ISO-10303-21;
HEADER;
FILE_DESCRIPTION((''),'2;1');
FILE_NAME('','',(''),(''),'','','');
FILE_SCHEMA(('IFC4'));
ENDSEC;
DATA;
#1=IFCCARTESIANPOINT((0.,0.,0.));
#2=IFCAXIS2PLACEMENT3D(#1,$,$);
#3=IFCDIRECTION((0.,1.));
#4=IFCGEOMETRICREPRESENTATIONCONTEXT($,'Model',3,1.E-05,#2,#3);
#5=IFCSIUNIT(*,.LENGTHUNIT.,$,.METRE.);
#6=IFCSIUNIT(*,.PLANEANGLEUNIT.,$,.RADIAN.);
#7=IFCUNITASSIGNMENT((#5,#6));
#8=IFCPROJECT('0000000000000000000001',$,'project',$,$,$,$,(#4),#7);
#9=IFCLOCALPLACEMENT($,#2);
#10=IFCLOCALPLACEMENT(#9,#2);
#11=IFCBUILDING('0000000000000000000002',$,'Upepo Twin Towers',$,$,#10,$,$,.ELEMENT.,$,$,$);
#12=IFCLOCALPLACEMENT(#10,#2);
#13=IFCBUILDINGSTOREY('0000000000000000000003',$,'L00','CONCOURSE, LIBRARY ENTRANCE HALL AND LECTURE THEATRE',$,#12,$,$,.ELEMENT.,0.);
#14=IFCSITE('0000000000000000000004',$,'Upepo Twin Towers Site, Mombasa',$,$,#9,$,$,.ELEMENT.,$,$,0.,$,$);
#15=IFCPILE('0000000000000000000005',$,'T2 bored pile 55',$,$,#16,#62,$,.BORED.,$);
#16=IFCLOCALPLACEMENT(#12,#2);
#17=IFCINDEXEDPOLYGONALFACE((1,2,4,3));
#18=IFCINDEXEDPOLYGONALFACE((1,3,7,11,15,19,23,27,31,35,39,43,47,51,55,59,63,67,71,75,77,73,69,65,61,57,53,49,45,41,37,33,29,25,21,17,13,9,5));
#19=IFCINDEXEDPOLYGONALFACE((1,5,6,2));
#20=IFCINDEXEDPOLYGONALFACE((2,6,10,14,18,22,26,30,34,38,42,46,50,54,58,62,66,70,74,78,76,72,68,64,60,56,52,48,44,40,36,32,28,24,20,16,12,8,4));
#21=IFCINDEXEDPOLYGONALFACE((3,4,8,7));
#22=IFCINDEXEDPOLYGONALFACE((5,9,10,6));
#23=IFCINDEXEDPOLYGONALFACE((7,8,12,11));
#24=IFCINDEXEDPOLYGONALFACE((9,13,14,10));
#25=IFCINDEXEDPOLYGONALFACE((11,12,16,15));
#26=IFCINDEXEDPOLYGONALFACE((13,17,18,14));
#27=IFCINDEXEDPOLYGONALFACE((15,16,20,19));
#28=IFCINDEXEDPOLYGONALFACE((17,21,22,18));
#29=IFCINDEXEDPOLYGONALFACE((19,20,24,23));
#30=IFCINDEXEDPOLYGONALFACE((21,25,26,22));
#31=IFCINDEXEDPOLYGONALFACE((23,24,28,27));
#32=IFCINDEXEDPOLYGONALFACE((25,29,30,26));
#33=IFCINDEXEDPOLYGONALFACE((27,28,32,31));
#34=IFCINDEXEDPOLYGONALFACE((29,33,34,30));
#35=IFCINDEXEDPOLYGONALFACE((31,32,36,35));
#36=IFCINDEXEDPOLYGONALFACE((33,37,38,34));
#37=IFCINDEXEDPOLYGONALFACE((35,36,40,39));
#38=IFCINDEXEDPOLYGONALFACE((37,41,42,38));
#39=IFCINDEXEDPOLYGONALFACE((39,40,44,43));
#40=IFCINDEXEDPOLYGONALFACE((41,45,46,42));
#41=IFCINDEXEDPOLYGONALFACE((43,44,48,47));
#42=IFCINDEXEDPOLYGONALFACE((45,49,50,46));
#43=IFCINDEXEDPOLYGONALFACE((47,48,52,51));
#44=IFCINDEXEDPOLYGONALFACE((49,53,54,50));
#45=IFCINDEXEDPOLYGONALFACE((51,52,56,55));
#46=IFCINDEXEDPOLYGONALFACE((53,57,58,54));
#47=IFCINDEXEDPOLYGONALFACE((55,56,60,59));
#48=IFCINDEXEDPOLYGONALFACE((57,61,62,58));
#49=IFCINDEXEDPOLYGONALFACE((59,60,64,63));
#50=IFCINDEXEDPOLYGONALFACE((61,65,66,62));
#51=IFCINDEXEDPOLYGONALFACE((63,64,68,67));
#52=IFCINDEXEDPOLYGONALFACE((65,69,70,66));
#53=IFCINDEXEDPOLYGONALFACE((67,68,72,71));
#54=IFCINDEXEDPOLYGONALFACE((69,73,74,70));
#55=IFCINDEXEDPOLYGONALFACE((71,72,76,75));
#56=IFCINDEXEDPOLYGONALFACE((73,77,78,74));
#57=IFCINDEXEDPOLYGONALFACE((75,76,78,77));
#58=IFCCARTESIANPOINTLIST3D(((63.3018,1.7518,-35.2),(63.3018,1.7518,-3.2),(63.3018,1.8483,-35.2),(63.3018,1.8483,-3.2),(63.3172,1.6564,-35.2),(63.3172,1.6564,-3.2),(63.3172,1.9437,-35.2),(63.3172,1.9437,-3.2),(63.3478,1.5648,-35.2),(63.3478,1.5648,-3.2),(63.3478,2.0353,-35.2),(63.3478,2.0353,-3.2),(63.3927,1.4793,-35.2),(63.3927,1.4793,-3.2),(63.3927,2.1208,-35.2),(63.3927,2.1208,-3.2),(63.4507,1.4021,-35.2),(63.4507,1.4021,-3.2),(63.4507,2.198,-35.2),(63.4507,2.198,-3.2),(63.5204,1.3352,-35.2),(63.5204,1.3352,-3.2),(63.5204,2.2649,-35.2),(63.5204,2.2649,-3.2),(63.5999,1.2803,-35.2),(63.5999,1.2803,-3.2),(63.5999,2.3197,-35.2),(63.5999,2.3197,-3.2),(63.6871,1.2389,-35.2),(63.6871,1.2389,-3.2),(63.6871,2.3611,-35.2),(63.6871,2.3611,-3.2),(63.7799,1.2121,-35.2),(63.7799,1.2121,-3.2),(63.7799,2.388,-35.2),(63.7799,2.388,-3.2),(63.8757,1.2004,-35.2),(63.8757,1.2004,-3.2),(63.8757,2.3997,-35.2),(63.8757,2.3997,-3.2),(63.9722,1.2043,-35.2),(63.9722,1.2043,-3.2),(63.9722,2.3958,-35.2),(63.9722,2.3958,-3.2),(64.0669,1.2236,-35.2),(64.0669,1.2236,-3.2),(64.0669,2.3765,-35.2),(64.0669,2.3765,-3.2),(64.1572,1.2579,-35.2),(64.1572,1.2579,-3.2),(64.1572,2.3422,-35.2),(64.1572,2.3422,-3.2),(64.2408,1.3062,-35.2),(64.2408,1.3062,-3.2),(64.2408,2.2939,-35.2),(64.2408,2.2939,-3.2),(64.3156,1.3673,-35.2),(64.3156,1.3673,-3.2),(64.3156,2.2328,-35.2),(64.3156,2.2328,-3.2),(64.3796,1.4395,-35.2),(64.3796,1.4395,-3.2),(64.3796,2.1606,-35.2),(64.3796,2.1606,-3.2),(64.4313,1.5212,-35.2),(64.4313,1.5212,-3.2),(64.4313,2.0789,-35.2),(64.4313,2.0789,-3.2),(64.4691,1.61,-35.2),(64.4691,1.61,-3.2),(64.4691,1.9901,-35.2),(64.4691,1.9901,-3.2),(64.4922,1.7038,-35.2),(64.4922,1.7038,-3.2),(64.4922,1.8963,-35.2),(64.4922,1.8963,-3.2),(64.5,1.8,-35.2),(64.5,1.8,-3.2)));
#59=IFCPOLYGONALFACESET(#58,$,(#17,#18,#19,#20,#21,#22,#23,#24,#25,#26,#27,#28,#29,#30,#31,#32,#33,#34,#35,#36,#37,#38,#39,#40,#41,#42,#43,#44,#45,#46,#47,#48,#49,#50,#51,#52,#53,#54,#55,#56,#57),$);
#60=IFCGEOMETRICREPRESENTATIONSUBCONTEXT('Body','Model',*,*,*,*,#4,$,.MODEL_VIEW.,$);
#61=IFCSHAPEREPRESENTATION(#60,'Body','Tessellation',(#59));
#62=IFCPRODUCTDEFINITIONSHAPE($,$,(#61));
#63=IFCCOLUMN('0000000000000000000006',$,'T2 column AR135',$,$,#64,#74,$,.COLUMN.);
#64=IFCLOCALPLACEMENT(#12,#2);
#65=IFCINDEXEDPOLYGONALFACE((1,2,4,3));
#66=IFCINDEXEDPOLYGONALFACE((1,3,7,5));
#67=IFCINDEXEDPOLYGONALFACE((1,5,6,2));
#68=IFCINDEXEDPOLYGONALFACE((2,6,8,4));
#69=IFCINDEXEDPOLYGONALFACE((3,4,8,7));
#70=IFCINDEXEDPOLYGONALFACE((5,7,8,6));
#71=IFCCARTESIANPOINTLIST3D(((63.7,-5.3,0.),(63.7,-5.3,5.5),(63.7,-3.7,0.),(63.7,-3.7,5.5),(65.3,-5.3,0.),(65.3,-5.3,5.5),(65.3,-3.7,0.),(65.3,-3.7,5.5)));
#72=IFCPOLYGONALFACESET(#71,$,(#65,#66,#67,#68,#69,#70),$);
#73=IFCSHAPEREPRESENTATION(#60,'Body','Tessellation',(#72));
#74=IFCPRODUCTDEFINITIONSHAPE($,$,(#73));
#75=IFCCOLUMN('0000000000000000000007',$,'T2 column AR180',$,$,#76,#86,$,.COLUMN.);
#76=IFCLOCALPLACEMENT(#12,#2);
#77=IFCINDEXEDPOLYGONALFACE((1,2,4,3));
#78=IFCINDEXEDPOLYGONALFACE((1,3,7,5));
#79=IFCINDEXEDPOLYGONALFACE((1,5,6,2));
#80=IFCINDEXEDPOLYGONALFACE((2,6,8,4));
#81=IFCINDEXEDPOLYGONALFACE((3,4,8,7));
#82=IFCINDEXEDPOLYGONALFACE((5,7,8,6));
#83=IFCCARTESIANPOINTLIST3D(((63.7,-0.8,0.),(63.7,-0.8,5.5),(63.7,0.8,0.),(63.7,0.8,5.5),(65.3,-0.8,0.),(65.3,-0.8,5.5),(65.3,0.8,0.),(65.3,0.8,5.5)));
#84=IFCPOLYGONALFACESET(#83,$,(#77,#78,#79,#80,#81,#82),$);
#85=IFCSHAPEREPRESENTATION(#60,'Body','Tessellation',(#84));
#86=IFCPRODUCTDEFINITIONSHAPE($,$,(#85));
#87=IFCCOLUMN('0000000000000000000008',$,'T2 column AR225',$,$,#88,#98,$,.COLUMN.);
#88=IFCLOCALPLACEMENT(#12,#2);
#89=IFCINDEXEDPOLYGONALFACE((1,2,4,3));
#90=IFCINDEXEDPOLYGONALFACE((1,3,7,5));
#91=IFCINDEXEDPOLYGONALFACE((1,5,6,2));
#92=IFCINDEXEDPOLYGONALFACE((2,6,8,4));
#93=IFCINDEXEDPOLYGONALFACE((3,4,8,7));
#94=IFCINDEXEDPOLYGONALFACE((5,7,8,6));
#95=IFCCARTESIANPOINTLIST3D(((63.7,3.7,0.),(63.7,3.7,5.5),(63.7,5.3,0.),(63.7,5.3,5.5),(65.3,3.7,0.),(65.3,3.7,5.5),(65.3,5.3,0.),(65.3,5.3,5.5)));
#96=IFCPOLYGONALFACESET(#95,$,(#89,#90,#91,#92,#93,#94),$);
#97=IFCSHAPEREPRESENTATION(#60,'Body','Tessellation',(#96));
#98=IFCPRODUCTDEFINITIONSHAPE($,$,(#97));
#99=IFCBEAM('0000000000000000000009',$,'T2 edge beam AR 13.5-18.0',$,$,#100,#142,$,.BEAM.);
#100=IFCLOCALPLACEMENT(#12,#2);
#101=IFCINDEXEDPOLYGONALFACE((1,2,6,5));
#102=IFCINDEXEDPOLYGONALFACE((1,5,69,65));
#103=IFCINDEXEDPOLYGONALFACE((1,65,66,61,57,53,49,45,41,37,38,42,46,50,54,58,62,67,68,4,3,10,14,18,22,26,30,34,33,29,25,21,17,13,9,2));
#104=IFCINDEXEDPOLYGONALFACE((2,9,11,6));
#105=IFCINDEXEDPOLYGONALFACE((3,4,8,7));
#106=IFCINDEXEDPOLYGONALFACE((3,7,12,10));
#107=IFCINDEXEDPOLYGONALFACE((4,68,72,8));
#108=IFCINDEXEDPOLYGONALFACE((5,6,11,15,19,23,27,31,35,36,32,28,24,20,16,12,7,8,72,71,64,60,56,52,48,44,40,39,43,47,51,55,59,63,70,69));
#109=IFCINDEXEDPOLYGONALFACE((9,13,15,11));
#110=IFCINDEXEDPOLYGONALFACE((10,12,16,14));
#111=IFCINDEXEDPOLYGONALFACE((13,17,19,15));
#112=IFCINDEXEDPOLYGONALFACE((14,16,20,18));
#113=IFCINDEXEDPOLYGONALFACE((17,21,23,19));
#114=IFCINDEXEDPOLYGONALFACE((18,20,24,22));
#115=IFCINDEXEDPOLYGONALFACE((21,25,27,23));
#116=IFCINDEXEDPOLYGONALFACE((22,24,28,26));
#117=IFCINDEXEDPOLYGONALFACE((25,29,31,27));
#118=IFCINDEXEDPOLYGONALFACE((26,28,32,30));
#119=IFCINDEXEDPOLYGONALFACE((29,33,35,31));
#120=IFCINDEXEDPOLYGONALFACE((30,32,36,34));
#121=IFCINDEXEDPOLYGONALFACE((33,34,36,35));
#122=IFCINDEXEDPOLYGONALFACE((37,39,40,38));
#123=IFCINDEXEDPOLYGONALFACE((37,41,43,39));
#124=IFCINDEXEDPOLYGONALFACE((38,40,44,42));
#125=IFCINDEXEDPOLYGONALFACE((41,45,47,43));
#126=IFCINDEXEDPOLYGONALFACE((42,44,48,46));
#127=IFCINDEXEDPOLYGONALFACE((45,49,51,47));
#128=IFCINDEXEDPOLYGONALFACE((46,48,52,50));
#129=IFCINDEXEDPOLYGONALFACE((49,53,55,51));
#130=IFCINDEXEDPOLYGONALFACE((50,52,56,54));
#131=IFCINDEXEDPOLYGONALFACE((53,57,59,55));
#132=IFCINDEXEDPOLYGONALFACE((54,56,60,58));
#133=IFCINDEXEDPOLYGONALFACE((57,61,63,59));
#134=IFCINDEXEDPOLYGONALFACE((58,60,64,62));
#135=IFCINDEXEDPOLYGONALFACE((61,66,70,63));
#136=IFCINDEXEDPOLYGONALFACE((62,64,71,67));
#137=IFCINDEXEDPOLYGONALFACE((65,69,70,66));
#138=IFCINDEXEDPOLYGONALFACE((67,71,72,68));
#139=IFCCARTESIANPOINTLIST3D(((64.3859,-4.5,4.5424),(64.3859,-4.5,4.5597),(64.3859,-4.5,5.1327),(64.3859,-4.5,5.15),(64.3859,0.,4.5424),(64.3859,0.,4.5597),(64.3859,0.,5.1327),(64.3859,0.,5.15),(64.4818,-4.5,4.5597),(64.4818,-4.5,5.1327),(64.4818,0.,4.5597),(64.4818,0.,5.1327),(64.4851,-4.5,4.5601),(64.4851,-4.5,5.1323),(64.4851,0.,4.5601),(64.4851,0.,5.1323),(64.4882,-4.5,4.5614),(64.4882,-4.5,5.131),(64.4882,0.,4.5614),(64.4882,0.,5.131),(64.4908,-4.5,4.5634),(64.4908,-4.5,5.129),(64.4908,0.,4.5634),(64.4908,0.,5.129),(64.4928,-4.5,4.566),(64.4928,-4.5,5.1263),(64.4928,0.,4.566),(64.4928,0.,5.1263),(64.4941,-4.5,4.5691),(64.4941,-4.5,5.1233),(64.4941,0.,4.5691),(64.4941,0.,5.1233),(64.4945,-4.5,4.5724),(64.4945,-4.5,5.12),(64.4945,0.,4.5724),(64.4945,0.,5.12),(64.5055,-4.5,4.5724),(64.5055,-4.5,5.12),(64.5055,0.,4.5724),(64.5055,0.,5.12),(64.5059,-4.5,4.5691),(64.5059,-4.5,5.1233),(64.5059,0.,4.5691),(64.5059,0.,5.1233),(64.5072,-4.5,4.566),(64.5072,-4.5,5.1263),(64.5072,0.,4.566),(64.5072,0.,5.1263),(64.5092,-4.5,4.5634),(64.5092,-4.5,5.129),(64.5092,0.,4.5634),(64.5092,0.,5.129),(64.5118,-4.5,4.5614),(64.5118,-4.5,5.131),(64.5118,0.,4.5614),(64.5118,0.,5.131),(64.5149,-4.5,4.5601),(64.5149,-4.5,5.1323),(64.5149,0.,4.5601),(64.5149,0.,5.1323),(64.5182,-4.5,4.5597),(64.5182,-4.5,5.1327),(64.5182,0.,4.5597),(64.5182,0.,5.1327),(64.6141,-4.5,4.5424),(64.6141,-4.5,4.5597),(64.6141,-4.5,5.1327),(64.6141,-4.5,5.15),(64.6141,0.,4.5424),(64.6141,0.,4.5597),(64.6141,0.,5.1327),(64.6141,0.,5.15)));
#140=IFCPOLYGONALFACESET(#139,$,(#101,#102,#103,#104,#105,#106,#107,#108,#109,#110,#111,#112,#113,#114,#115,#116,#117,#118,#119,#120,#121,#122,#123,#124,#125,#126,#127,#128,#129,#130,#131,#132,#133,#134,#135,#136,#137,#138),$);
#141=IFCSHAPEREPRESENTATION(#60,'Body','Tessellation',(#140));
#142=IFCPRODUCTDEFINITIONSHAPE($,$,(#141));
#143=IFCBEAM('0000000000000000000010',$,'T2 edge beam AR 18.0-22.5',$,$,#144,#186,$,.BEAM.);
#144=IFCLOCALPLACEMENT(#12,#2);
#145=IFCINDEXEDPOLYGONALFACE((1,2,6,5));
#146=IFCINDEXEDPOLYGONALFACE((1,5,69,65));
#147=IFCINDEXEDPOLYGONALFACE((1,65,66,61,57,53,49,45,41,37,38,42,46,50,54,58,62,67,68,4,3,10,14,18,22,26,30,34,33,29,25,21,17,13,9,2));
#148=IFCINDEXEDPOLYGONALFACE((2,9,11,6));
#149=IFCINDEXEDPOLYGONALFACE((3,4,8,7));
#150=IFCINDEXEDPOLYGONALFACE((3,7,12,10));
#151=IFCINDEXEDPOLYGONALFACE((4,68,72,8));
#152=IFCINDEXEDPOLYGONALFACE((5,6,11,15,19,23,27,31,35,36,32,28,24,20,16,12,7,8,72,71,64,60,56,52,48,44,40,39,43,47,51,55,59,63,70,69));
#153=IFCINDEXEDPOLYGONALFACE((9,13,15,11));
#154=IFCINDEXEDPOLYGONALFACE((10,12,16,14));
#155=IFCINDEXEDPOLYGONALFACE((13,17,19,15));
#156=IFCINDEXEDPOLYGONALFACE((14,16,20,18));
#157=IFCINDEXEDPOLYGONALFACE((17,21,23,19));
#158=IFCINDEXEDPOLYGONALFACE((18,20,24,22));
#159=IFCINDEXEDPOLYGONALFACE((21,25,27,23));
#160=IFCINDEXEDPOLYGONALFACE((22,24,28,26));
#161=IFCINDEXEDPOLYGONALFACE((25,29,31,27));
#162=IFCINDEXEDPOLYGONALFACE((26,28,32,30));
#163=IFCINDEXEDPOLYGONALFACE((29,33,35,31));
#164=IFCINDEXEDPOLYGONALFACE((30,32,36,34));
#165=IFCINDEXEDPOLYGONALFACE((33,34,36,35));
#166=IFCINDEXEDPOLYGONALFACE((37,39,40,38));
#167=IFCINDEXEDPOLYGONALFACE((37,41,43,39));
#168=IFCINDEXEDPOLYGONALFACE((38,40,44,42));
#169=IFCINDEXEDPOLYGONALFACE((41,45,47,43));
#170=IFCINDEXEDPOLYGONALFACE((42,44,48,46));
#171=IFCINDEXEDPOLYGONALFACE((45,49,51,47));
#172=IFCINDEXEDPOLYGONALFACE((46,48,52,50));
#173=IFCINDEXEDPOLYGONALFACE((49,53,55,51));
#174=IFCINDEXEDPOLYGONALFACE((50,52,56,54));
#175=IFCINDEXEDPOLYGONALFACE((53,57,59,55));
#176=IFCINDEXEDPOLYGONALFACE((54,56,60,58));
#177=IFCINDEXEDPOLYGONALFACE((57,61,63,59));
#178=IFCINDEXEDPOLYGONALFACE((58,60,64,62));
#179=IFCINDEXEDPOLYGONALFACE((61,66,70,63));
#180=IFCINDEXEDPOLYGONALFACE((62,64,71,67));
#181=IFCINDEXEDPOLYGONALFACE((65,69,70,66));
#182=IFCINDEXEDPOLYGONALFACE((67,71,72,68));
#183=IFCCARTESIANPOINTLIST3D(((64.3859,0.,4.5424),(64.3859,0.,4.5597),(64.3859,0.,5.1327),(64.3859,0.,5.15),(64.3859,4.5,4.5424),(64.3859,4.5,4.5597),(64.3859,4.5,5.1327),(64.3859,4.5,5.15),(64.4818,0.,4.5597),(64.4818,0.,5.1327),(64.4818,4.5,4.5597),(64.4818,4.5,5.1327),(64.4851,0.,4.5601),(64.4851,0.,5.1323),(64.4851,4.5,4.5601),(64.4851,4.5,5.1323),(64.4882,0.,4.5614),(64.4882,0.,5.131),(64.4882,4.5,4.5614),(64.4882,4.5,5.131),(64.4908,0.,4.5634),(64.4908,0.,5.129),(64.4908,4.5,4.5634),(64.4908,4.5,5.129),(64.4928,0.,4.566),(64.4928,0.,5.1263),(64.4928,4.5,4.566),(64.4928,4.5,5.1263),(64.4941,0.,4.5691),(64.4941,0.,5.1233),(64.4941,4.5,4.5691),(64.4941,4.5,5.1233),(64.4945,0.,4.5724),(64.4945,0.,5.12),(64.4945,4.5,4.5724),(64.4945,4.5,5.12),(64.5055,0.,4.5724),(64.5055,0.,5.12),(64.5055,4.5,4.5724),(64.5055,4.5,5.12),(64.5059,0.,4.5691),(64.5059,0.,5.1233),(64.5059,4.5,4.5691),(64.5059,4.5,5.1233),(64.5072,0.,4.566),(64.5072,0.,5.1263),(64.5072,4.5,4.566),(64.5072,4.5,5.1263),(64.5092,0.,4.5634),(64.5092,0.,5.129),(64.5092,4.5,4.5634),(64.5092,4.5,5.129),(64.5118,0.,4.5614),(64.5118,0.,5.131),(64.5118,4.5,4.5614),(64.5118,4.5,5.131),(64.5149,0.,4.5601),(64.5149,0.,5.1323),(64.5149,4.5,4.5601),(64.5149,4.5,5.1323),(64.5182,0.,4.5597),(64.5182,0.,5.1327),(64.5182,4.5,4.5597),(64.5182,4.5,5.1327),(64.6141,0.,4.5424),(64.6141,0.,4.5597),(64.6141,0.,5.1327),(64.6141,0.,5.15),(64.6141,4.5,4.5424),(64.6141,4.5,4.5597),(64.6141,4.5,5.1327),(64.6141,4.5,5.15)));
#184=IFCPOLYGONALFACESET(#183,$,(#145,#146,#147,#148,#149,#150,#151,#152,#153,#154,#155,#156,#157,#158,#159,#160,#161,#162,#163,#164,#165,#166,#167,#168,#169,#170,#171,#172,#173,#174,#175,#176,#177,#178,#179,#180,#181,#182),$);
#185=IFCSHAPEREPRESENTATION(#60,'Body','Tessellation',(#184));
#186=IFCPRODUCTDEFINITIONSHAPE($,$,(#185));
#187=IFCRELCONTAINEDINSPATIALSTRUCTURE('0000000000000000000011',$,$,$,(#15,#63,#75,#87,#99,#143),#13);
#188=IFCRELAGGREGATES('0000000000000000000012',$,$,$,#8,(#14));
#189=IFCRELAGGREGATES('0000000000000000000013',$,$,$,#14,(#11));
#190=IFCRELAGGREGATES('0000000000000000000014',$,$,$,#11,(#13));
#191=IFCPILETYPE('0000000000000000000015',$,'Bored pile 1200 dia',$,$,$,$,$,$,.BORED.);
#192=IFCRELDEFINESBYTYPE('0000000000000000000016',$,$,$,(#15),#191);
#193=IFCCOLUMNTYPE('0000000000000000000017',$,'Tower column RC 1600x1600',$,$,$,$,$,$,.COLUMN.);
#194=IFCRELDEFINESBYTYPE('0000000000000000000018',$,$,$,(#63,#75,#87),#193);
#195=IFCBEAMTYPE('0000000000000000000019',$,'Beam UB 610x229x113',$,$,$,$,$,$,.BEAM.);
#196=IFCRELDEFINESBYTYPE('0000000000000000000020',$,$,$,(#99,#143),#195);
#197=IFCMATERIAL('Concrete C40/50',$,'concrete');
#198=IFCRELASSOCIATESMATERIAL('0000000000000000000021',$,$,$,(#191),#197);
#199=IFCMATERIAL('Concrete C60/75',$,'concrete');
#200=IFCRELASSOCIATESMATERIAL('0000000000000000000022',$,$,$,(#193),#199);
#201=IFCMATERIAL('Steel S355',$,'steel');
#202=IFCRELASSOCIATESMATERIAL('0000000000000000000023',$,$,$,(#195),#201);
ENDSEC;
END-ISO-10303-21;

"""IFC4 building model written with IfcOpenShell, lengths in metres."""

from ifc_helpers import new_model, si_unit, direction, frame, origin, origin_2d, place, context, subcontext, project, spatial, rectangle, circle, i_section, extrude, material, material_profile, profile_set, type_object, element, save


model = new_model("IFC4")

# Units and contexts
model_context = context("Model", 3, precision=1e-05, world=origin(), true_north=direction((0.0, 1.0)))
body_context = subcontext(model_context, "Body", "Model", "MODEL_VIEW")
ifc_project = project(units=[si_unit("LENGTHUNIT", "METRE"), si_unit("PLANEANGLEUNIT", "RADIAN")], contexts=[model_context])

# Site, building, storey
site_placement = place(None, origin())
site = spatial("IfcSite", under=ifc_project, at=site_placement, Name="Upepo Twin Towers Site, Mombasa", CompositionType="ELEMENT", RefElevation=0.0)
building_placement = place(site_placement, origin())
building = spatial("IfcBuilding", under=site, at=building_placement, Name="Upepo Twin Towers", CompositionType="ELEMENT")
storey_placement = place(building_placement, origin())
storey = spatial("IfcBuildingStorey", under=building, at=storey_placement, Name="L00", Description="CONCOURSE, LIBRARY ENTRANCE HALL AND LECTURE THEATRE", CompositionType="ELEMENT", Elevation=0.0)

# Pile
ifc_material_1 = material(Name="Concrete C40/50", Category="concrete")
pile_type = type_object("IfcPileType", Name="Bored pile 1200 dia", PredefinedType="BORED", material=ifc_material_1)
for number, where, z_axis, x_axis, name in (
    (1, (63.8999, 1.8, -3.2), (0.0, 0.0, -1.0), (1.0, 0.0, 0.0), "T2 bored pile 55"),
):
    element("IfcPile", number, at=place(storey_placement, frame(where, z_axis=z_axis, x_axis=x_axis)), inside=storey, type_object=pile_type, Name=name, PredefinedType="BORED", context=body_context, shape_type="SweptSolid", body=[
        extrude(circle(Radius=0.6001, at=origin_2d()), origin(), (0.0, 0.0, 1.0), 32.0),
    ])

# Columns
ifc_material_2 = material(Name="Concrete C60/75", Category="concrete")
ifc_material_profile_1 = material_profile(ifc_material_2, rectangle(XDim=1.6001, YDim=1.6001, at=origin_2d()), Name="RC 1600x1600")
ifc_profile_set_1 = profile_set([ifc_material_profile_1], Name="Concrete C60/75")
column_type = type_object("IfcColumnType", Name="Tower column RC 1600x1600", PredefinedType="COLUMN", material=ifc_profile_set_1)
for number, where, z_axis, x_axis, name in (
    (2, (64.5, -4.5, 0.0), (0.0, 0.0, 1.0), (1.0, 0.0, 0.0), "T2 column AR135"),
    (3, (64.5, 0.0, 0.0), (0.0, 0.0, 1.0), (1.0, 0.0, 0.0), "T2 column AR180"),
    (4, (64.5, 4.5, 0.0), (0.0, 0.0, 1.0), (1.0, 0.0, 0.0), "T2 column AR225"),
):
    element("IfcColumn", number, at=place(storey_placement, frame(where, z_axis=z_axis, x_axis=x_axis)), inside=storey, type_object=column_type, Name=name, PredefinedType="COLUMN", context=body_context, shape_type="SweptSolid", body=[
        extrude(rectangle(XDim=1.6001, YDim=1.6001, at=origin_2d()), origin(), (0.0, 0.0, 1.0), 5.5),
    ])

# Beams
ifc_material_3 = material(Name="Steel S355", Category="steel")
ifc_material_profile_2 = material_profile(ifc_material_3, i_section(OverallWidth=0.2283, OverallDepth=0.6077, WebThickness=0.011, FlangeThickness=0.0173, FilletRadius=0.0127, at=origin_2d()), Name="UB 610x229x113")
ifc_profile_set_2 = profile_set([ifc_material_profile_2], Name="Steel S355")
beam_type_1 = type_object("IfcBeamType", Name="Beam UB 610x229x113", PredefinedType="BEAM", material=ifc_profile_set_2)
for number, where, z_axis, x_axis, name in (
    (5, (64.5, -4.5, 4.8462), (0.0, 1.0, 0.0), (-1.0, 0.0, 0.0), "T2 edge beam AR 13.5-18.0"),
    (6, (64.5, 0.0, 4.8462), (0.0, 1.0, 0.0), (-1.0, 0.0, 0.0), "T2 edge beam AR 18.0-22.5"),
):
    element("IfcBeam", number, at=place(storey_placement, frame(where, z_axis=z_axis, x_axis=x_axis)), inside=storey, type_object=beam_type_1, Name=name, PredefinedType="BEAM", context=body_context, shape_type="SweptSolid", body=[
        extrude(i_section(OverallWidth=0.2283, OverallDepth=0.6077, WebThickness=0.011, FlangeThickness=0.0173, FilletRadius=0.0127, at=origin_2d()), origin(), (0.0, 0.0, 1.0), 4.5),
    ])

save(model, "model.ifc")
